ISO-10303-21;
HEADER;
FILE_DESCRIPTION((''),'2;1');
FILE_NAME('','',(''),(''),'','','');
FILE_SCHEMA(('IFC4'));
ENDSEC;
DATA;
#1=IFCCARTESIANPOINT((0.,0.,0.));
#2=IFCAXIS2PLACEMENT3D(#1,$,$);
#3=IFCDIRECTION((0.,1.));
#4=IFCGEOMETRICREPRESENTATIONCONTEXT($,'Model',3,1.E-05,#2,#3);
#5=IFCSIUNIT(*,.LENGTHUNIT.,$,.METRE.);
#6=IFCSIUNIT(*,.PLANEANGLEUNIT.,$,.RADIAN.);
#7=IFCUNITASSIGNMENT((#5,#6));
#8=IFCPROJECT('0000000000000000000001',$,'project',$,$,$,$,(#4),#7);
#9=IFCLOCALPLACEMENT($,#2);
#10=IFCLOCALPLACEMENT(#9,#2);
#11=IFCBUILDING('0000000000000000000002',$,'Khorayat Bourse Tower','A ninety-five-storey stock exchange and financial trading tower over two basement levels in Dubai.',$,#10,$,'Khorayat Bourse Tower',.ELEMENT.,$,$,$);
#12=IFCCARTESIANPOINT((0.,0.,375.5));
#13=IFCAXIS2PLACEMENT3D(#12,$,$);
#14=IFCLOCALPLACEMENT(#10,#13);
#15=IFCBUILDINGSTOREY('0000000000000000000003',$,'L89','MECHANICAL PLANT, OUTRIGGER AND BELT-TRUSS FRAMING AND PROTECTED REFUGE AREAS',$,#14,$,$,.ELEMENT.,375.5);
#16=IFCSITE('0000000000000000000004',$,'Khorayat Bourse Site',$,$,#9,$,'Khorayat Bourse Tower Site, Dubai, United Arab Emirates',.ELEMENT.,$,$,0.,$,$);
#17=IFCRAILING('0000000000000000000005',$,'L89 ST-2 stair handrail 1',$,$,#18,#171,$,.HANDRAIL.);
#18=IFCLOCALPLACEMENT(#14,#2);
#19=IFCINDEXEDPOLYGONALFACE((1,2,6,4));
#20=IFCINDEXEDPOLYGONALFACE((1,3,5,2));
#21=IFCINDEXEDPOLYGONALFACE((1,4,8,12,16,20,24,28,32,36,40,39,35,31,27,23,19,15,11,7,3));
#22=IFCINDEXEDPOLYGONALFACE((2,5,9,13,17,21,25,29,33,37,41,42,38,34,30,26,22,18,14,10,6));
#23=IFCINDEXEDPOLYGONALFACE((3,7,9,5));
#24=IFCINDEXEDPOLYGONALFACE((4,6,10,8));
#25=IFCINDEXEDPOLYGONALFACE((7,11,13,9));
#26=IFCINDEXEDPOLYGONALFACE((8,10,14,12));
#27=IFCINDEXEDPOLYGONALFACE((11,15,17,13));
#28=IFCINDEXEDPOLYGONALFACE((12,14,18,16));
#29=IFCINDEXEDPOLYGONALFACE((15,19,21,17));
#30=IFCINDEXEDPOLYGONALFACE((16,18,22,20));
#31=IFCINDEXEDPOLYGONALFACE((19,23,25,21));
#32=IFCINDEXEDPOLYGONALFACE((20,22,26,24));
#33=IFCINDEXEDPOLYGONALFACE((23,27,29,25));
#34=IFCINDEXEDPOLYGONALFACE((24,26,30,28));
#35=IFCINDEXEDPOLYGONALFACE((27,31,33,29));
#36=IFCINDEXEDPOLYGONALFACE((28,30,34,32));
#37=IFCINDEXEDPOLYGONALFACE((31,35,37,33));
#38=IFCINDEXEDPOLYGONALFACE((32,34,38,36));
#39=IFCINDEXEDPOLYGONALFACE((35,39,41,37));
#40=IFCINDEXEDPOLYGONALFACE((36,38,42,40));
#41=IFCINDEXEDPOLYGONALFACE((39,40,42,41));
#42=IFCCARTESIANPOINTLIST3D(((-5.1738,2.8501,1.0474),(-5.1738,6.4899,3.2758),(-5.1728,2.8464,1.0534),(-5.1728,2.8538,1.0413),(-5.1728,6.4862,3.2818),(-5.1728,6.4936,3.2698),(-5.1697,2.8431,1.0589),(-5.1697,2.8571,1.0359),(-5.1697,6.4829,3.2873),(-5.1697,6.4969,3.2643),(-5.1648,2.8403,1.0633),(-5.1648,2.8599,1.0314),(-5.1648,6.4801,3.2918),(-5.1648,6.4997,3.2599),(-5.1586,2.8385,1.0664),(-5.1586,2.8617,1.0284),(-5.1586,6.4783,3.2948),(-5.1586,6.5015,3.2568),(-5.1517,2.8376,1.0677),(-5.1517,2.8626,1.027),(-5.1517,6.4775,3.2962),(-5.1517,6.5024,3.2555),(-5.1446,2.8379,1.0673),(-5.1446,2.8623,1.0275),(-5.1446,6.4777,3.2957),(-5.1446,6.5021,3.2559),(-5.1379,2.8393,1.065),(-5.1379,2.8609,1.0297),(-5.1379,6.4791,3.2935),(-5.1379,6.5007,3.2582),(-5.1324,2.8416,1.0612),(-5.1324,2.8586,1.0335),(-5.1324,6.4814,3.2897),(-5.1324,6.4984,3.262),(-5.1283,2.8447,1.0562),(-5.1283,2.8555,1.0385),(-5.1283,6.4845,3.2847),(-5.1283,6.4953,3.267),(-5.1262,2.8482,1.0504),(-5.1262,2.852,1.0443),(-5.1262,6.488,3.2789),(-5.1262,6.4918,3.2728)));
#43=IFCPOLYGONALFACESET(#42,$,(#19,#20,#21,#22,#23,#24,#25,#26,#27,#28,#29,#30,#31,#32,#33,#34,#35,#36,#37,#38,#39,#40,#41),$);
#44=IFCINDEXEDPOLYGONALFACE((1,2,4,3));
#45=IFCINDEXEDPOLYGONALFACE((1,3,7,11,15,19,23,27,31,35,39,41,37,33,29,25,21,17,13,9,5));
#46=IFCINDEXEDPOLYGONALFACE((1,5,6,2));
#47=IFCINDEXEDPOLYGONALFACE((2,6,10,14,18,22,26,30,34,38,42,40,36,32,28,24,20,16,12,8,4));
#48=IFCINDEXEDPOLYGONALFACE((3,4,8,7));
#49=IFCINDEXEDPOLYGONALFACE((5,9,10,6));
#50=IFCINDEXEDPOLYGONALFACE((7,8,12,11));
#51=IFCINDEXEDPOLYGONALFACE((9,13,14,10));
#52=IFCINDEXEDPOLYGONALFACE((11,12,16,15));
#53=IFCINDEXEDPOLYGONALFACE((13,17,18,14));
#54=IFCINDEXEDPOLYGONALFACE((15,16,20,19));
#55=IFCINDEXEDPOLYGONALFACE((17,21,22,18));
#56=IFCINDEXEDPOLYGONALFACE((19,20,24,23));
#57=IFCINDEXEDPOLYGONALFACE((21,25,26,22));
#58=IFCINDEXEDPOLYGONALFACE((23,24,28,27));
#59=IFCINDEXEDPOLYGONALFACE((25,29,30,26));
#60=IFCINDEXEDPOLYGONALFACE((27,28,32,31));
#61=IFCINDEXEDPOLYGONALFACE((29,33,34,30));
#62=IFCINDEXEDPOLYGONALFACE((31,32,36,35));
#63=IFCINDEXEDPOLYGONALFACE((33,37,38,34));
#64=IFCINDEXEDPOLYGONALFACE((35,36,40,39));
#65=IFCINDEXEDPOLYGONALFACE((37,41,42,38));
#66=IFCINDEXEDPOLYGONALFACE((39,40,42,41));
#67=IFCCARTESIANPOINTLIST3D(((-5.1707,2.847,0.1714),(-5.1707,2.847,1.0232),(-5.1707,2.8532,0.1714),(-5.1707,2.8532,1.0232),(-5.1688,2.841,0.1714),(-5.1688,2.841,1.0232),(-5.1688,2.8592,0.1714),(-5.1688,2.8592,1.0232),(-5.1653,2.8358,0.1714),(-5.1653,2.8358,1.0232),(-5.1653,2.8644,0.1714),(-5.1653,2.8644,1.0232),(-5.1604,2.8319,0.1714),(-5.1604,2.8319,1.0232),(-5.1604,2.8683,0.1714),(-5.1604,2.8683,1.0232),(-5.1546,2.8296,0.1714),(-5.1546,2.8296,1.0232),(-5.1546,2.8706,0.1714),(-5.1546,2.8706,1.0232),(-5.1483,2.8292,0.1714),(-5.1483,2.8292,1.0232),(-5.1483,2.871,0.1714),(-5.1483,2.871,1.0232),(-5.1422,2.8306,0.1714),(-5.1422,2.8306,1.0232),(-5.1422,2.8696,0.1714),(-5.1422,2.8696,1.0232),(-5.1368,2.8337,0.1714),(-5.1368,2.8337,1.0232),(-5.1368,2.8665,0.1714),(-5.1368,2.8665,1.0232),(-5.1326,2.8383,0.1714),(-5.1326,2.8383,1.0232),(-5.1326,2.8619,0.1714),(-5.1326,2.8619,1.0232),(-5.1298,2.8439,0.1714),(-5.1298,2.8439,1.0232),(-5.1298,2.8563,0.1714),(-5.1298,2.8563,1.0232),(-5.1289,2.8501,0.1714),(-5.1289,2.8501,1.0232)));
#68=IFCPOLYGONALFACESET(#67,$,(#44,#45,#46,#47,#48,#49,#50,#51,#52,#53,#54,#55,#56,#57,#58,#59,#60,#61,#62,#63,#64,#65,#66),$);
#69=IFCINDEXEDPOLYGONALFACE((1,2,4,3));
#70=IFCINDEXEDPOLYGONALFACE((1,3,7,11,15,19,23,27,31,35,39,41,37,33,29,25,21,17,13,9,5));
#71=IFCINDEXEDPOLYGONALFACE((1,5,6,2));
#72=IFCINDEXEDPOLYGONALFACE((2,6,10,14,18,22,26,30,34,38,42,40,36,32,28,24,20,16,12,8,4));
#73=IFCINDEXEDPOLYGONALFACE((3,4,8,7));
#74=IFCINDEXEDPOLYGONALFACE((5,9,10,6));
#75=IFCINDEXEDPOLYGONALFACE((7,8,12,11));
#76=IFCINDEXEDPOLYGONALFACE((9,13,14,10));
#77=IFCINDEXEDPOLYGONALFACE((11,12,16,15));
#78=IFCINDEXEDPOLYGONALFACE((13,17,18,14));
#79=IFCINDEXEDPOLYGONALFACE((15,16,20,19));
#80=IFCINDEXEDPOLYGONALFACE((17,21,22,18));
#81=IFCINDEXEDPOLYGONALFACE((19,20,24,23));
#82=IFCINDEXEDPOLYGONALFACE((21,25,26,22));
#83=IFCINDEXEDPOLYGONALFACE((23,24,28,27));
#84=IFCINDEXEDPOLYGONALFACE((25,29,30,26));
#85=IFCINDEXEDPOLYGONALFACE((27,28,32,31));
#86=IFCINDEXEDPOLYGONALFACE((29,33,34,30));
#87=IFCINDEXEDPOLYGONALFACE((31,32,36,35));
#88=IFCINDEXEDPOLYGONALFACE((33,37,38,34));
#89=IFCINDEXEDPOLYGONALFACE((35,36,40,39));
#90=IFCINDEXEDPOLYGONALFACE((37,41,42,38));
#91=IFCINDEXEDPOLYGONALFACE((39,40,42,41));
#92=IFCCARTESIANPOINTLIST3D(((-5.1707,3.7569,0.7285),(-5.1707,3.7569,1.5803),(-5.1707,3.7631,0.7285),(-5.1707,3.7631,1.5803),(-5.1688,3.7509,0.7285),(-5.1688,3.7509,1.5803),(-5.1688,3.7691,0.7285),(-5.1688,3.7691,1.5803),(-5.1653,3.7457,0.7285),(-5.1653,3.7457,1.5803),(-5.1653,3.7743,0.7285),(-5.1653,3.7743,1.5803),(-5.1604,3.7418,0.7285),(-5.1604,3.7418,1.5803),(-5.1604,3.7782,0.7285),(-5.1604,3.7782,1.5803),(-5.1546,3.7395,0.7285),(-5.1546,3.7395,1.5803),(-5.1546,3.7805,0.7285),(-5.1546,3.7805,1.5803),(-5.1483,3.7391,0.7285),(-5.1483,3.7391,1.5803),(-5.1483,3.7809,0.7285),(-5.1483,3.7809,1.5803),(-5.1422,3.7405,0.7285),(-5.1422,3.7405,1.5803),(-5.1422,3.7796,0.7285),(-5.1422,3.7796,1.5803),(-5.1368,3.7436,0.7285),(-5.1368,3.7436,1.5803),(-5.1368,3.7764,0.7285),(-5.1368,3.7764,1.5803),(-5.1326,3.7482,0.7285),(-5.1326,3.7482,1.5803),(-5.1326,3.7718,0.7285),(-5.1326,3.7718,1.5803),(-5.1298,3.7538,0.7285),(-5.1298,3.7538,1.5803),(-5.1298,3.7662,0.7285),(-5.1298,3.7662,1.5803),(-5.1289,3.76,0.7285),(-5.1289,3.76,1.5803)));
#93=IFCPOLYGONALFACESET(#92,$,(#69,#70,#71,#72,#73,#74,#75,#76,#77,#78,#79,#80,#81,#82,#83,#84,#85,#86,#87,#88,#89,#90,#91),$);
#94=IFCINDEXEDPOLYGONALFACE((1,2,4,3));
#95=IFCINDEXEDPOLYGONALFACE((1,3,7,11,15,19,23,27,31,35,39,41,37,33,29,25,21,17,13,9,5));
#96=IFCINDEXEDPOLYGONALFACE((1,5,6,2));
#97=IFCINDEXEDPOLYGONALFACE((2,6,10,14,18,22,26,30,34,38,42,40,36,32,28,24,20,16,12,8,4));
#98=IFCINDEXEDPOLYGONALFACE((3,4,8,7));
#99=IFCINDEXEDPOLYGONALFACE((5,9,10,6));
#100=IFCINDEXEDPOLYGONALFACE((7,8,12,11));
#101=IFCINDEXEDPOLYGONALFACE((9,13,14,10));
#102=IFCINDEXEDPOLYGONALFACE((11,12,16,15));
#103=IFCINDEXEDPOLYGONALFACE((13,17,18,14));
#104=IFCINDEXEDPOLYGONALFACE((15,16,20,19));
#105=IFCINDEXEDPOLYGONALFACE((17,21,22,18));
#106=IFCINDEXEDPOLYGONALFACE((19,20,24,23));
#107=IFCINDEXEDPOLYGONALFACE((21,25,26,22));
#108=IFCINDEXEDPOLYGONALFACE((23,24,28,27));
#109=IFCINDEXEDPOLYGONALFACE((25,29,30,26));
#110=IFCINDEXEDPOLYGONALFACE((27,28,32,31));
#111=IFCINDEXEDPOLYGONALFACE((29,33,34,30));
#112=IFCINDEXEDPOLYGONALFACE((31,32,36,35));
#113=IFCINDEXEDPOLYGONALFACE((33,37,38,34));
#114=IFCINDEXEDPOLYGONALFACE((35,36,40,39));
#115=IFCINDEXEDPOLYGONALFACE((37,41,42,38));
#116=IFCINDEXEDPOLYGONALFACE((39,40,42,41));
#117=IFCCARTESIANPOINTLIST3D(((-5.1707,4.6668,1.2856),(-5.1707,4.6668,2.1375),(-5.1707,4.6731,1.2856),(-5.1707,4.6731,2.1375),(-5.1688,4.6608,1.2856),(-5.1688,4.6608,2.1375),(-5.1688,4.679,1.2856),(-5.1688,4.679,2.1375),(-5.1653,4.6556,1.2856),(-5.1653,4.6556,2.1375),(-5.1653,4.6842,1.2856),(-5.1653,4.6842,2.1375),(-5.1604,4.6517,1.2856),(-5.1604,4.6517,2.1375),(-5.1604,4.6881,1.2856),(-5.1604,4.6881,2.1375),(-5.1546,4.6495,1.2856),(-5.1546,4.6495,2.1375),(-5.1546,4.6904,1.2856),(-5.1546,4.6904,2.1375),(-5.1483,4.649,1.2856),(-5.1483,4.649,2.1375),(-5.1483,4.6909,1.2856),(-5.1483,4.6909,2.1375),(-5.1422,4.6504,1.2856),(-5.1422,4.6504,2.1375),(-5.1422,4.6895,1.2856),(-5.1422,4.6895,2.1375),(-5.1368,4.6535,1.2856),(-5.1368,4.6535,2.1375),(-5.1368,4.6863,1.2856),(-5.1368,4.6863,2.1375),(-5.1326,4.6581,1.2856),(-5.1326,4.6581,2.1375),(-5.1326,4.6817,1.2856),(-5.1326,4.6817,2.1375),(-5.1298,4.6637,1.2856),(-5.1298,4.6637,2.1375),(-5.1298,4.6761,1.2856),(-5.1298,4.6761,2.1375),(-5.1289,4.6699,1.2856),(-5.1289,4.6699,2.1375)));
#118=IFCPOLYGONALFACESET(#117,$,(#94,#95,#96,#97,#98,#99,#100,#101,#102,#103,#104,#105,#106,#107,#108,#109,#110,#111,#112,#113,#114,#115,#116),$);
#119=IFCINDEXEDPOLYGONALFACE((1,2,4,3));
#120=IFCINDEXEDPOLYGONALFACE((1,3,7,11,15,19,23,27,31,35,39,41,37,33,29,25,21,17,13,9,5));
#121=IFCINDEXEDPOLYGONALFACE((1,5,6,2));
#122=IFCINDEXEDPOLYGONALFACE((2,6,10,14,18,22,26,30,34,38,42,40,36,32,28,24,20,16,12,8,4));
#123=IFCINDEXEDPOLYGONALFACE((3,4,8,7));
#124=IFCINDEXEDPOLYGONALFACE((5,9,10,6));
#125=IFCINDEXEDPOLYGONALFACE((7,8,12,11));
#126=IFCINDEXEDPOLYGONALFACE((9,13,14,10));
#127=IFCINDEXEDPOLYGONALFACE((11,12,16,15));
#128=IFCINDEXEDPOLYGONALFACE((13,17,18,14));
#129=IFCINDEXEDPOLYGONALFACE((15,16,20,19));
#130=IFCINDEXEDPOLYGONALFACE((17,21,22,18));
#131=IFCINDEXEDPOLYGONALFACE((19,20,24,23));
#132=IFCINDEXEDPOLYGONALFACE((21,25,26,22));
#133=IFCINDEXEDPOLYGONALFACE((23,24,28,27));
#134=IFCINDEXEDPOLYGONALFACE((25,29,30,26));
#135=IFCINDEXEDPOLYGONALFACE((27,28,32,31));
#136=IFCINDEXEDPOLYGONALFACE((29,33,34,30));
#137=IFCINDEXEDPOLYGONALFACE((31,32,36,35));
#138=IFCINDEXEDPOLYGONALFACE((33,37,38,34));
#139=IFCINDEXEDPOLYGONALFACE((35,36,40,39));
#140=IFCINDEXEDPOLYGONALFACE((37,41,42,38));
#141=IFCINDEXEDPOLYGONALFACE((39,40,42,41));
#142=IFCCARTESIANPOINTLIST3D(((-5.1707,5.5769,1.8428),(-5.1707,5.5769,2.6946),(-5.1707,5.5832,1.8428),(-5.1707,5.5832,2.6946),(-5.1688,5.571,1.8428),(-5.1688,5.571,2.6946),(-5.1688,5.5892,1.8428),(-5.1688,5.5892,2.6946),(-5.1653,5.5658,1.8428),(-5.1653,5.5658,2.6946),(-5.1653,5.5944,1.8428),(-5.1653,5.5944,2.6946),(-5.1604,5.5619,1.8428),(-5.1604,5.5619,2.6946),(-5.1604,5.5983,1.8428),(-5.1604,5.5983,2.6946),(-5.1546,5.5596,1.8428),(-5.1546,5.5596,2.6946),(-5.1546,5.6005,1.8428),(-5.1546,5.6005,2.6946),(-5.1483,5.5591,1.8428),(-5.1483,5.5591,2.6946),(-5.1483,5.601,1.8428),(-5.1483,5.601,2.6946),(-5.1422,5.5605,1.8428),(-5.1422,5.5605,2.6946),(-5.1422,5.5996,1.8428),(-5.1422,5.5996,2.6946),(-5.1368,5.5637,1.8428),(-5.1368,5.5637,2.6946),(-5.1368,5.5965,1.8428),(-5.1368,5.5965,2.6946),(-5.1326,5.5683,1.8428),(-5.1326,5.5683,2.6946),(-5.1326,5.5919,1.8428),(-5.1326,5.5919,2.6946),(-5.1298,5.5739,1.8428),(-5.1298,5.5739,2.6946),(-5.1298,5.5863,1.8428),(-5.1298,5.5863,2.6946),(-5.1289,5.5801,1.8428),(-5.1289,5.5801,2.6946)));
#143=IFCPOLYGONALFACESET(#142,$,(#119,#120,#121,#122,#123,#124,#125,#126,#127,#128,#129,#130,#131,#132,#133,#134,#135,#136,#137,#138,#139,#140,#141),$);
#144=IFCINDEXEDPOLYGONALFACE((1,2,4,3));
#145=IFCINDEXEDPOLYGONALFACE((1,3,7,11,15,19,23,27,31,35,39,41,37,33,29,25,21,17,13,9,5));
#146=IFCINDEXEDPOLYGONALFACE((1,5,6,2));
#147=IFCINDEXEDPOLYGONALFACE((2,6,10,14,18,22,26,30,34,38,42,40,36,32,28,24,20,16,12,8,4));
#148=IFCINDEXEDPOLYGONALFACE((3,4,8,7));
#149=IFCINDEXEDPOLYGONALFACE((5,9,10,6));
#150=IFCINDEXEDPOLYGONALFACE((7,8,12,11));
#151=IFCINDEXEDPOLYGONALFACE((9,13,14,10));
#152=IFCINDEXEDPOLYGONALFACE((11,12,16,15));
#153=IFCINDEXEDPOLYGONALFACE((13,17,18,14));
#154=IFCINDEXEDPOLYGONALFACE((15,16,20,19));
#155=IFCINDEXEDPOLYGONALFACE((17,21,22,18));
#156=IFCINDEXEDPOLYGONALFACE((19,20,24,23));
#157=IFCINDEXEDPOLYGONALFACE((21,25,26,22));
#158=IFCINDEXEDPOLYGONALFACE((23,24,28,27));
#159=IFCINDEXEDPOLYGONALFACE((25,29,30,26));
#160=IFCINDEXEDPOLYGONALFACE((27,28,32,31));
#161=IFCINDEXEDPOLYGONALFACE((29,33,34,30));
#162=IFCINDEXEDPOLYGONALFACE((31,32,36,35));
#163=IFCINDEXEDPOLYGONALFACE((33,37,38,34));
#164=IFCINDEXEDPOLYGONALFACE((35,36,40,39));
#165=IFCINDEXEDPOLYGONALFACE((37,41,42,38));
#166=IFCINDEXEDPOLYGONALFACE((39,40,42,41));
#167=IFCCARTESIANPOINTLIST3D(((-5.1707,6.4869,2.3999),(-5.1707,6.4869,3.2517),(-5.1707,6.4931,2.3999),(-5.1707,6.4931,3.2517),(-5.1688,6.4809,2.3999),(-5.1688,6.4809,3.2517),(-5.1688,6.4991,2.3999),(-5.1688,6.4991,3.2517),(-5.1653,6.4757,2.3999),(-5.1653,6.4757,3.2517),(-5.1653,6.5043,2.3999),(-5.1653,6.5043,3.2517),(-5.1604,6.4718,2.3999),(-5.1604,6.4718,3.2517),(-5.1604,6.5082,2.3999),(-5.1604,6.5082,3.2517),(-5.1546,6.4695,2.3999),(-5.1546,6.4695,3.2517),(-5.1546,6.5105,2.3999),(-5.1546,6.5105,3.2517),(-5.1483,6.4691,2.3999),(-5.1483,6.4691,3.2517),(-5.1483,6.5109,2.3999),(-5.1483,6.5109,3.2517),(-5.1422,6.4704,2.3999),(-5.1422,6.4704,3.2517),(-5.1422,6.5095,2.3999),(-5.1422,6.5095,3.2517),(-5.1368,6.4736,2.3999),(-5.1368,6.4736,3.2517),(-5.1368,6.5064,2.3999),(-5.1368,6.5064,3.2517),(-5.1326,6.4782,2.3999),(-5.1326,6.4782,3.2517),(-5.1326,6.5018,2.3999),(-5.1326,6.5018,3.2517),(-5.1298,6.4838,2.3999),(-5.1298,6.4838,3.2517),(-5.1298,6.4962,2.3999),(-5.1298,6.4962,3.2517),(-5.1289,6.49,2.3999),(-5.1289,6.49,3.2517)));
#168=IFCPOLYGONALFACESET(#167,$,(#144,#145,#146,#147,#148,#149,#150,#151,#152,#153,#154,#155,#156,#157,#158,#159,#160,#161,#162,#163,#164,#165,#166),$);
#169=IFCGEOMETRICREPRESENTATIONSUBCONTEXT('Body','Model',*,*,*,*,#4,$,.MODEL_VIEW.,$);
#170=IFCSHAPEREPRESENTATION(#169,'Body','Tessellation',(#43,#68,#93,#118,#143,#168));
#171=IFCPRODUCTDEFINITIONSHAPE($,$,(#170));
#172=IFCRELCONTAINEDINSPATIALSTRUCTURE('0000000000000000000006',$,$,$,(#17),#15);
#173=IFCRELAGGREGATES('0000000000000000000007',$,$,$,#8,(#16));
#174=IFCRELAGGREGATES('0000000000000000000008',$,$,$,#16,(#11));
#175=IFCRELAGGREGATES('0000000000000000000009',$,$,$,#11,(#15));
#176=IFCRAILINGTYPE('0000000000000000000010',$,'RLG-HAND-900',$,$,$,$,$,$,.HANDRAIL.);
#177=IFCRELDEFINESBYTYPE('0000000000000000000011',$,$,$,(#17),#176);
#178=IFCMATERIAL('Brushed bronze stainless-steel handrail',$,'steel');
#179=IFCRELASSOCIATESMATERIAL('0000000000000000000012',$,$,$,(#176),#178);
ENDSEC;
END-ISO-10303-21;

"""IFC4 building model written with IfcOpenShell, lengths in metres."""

from ifc_helpers import new_model, si_unit, direction, frame, origin, origin_2d, place, context, subcontext, project, spatial, circle, extrude, source, transform, mapped, material, type_object, element, save


model = new_model("IFC4")

# Units and contexts
model_context = context("Model", 3, precision=1e-05, world=origin(), true_north=direction((0.0, 1.0)))
body_context = subcontext(model_context, "Body", "Model", "MODEL_VIEW")
ifc_project = project(units=[si_unit("LENGTHUNIT", "METRE"), si_unit("PLANEANGLEUNIT", "RADIAN")], contexts=[model_context])

# Site, building, storey
site_placement = place(None, origin())
site = spatial("IfcSite", under=ifc_project, at=site_placement, Name="Khorayat Bourse Site", LongName="Khorayat Bourse Tower Site, Dubai, United Arab Emirates", CompositionType="ELEMENT", RefElevation=0.0)
building_placement = place(site_placement, origin())
building = spatial("IfcBuilding", under=site, at=building_placement, Name="Khorayat Bourse Tower", Description="A ninety-five-storey stock exchange and financial trading tower over two basement levels in Dubai.", LongName="Khorayat Bourse Tower", CompositionType="ELEMENT")
storey_placement = place(building_placement, frame((0.0, 0.0, 375.5)))
storey = spatial("IfcBuildingStorey", under=building, at=storey_placement, Name="L89", Description="MECHANICAL PLANT, OUTRIGGER AND BELT-TRUSS FRAMING AND PROTECTED REFUGE AREAS", CompositionType="ELEMENT", Elevation=375.5)

# Railing
ifc_material_1 = material(Name="Brushed bronze stainless-steel handrail", Category="steel")
railing_type_1 = type_object("IfcRailingType", Name="RLG-HAND-900", PredefinedType="HANDRAIL", material=ifc_material_1)
shared_shape_1 = source(origin(), body_context, "Body", "SweptSolid", [
    extrude(circle(Radius=0.0239, at=origin_2d()), frame((0.0, 0.0, 0.876), z_axis=(0.0, 0.85285, 0.522156), x_axis=(-1.0, 0.0, 0.0)), (0.0, 0.0, 1.0), 4.2678),
    extrude(circle(Radius=0.021, at=origin_2d()), origin(), (0.0, 0.0, 1.0), 0.8518),
    extrude(circle(Radius=0.021, at=origin_2d()), frame((0.0, 0.9099, 0.5571)), (0.0, 0.0, 1.0), 0.8518),
    extrude(circle(Radius=0.021, at=origin_2d()), frame((0.0, 1.8198, 1.1143)), (0.0, 0.0, 1.0), 0.8518),
    extrude(circle(Radius=0.021, at=origin_2d()), frame((0.0, 2.73, 1.6714)), (0.0, 0.0, 1.0), 0.8518),
    extrude(circle(Radius=0.021, at=origin_2d()), frame((0.0, 3.6399, 2.2285)), (0.0, 0.0, 1.0), 0.8518),
])
railing_1_placement = place(storey_placement, frame((-5.1499, 2.8501, 0.1714)))
element("IfcRailing", 1, at=railing_1_placement, inside=storey, type_object=railing_type_1, Name="L89 ST-2 stair handrail 1", PredefinedType="HANDRAIL", context=body_context, shape_type="MappedRepresentation", body=[
    mapped(shared_shape_1, transform((0.0, 0.0, 0.0), scale=1.0)),
])

save(model, "model.ifc")
